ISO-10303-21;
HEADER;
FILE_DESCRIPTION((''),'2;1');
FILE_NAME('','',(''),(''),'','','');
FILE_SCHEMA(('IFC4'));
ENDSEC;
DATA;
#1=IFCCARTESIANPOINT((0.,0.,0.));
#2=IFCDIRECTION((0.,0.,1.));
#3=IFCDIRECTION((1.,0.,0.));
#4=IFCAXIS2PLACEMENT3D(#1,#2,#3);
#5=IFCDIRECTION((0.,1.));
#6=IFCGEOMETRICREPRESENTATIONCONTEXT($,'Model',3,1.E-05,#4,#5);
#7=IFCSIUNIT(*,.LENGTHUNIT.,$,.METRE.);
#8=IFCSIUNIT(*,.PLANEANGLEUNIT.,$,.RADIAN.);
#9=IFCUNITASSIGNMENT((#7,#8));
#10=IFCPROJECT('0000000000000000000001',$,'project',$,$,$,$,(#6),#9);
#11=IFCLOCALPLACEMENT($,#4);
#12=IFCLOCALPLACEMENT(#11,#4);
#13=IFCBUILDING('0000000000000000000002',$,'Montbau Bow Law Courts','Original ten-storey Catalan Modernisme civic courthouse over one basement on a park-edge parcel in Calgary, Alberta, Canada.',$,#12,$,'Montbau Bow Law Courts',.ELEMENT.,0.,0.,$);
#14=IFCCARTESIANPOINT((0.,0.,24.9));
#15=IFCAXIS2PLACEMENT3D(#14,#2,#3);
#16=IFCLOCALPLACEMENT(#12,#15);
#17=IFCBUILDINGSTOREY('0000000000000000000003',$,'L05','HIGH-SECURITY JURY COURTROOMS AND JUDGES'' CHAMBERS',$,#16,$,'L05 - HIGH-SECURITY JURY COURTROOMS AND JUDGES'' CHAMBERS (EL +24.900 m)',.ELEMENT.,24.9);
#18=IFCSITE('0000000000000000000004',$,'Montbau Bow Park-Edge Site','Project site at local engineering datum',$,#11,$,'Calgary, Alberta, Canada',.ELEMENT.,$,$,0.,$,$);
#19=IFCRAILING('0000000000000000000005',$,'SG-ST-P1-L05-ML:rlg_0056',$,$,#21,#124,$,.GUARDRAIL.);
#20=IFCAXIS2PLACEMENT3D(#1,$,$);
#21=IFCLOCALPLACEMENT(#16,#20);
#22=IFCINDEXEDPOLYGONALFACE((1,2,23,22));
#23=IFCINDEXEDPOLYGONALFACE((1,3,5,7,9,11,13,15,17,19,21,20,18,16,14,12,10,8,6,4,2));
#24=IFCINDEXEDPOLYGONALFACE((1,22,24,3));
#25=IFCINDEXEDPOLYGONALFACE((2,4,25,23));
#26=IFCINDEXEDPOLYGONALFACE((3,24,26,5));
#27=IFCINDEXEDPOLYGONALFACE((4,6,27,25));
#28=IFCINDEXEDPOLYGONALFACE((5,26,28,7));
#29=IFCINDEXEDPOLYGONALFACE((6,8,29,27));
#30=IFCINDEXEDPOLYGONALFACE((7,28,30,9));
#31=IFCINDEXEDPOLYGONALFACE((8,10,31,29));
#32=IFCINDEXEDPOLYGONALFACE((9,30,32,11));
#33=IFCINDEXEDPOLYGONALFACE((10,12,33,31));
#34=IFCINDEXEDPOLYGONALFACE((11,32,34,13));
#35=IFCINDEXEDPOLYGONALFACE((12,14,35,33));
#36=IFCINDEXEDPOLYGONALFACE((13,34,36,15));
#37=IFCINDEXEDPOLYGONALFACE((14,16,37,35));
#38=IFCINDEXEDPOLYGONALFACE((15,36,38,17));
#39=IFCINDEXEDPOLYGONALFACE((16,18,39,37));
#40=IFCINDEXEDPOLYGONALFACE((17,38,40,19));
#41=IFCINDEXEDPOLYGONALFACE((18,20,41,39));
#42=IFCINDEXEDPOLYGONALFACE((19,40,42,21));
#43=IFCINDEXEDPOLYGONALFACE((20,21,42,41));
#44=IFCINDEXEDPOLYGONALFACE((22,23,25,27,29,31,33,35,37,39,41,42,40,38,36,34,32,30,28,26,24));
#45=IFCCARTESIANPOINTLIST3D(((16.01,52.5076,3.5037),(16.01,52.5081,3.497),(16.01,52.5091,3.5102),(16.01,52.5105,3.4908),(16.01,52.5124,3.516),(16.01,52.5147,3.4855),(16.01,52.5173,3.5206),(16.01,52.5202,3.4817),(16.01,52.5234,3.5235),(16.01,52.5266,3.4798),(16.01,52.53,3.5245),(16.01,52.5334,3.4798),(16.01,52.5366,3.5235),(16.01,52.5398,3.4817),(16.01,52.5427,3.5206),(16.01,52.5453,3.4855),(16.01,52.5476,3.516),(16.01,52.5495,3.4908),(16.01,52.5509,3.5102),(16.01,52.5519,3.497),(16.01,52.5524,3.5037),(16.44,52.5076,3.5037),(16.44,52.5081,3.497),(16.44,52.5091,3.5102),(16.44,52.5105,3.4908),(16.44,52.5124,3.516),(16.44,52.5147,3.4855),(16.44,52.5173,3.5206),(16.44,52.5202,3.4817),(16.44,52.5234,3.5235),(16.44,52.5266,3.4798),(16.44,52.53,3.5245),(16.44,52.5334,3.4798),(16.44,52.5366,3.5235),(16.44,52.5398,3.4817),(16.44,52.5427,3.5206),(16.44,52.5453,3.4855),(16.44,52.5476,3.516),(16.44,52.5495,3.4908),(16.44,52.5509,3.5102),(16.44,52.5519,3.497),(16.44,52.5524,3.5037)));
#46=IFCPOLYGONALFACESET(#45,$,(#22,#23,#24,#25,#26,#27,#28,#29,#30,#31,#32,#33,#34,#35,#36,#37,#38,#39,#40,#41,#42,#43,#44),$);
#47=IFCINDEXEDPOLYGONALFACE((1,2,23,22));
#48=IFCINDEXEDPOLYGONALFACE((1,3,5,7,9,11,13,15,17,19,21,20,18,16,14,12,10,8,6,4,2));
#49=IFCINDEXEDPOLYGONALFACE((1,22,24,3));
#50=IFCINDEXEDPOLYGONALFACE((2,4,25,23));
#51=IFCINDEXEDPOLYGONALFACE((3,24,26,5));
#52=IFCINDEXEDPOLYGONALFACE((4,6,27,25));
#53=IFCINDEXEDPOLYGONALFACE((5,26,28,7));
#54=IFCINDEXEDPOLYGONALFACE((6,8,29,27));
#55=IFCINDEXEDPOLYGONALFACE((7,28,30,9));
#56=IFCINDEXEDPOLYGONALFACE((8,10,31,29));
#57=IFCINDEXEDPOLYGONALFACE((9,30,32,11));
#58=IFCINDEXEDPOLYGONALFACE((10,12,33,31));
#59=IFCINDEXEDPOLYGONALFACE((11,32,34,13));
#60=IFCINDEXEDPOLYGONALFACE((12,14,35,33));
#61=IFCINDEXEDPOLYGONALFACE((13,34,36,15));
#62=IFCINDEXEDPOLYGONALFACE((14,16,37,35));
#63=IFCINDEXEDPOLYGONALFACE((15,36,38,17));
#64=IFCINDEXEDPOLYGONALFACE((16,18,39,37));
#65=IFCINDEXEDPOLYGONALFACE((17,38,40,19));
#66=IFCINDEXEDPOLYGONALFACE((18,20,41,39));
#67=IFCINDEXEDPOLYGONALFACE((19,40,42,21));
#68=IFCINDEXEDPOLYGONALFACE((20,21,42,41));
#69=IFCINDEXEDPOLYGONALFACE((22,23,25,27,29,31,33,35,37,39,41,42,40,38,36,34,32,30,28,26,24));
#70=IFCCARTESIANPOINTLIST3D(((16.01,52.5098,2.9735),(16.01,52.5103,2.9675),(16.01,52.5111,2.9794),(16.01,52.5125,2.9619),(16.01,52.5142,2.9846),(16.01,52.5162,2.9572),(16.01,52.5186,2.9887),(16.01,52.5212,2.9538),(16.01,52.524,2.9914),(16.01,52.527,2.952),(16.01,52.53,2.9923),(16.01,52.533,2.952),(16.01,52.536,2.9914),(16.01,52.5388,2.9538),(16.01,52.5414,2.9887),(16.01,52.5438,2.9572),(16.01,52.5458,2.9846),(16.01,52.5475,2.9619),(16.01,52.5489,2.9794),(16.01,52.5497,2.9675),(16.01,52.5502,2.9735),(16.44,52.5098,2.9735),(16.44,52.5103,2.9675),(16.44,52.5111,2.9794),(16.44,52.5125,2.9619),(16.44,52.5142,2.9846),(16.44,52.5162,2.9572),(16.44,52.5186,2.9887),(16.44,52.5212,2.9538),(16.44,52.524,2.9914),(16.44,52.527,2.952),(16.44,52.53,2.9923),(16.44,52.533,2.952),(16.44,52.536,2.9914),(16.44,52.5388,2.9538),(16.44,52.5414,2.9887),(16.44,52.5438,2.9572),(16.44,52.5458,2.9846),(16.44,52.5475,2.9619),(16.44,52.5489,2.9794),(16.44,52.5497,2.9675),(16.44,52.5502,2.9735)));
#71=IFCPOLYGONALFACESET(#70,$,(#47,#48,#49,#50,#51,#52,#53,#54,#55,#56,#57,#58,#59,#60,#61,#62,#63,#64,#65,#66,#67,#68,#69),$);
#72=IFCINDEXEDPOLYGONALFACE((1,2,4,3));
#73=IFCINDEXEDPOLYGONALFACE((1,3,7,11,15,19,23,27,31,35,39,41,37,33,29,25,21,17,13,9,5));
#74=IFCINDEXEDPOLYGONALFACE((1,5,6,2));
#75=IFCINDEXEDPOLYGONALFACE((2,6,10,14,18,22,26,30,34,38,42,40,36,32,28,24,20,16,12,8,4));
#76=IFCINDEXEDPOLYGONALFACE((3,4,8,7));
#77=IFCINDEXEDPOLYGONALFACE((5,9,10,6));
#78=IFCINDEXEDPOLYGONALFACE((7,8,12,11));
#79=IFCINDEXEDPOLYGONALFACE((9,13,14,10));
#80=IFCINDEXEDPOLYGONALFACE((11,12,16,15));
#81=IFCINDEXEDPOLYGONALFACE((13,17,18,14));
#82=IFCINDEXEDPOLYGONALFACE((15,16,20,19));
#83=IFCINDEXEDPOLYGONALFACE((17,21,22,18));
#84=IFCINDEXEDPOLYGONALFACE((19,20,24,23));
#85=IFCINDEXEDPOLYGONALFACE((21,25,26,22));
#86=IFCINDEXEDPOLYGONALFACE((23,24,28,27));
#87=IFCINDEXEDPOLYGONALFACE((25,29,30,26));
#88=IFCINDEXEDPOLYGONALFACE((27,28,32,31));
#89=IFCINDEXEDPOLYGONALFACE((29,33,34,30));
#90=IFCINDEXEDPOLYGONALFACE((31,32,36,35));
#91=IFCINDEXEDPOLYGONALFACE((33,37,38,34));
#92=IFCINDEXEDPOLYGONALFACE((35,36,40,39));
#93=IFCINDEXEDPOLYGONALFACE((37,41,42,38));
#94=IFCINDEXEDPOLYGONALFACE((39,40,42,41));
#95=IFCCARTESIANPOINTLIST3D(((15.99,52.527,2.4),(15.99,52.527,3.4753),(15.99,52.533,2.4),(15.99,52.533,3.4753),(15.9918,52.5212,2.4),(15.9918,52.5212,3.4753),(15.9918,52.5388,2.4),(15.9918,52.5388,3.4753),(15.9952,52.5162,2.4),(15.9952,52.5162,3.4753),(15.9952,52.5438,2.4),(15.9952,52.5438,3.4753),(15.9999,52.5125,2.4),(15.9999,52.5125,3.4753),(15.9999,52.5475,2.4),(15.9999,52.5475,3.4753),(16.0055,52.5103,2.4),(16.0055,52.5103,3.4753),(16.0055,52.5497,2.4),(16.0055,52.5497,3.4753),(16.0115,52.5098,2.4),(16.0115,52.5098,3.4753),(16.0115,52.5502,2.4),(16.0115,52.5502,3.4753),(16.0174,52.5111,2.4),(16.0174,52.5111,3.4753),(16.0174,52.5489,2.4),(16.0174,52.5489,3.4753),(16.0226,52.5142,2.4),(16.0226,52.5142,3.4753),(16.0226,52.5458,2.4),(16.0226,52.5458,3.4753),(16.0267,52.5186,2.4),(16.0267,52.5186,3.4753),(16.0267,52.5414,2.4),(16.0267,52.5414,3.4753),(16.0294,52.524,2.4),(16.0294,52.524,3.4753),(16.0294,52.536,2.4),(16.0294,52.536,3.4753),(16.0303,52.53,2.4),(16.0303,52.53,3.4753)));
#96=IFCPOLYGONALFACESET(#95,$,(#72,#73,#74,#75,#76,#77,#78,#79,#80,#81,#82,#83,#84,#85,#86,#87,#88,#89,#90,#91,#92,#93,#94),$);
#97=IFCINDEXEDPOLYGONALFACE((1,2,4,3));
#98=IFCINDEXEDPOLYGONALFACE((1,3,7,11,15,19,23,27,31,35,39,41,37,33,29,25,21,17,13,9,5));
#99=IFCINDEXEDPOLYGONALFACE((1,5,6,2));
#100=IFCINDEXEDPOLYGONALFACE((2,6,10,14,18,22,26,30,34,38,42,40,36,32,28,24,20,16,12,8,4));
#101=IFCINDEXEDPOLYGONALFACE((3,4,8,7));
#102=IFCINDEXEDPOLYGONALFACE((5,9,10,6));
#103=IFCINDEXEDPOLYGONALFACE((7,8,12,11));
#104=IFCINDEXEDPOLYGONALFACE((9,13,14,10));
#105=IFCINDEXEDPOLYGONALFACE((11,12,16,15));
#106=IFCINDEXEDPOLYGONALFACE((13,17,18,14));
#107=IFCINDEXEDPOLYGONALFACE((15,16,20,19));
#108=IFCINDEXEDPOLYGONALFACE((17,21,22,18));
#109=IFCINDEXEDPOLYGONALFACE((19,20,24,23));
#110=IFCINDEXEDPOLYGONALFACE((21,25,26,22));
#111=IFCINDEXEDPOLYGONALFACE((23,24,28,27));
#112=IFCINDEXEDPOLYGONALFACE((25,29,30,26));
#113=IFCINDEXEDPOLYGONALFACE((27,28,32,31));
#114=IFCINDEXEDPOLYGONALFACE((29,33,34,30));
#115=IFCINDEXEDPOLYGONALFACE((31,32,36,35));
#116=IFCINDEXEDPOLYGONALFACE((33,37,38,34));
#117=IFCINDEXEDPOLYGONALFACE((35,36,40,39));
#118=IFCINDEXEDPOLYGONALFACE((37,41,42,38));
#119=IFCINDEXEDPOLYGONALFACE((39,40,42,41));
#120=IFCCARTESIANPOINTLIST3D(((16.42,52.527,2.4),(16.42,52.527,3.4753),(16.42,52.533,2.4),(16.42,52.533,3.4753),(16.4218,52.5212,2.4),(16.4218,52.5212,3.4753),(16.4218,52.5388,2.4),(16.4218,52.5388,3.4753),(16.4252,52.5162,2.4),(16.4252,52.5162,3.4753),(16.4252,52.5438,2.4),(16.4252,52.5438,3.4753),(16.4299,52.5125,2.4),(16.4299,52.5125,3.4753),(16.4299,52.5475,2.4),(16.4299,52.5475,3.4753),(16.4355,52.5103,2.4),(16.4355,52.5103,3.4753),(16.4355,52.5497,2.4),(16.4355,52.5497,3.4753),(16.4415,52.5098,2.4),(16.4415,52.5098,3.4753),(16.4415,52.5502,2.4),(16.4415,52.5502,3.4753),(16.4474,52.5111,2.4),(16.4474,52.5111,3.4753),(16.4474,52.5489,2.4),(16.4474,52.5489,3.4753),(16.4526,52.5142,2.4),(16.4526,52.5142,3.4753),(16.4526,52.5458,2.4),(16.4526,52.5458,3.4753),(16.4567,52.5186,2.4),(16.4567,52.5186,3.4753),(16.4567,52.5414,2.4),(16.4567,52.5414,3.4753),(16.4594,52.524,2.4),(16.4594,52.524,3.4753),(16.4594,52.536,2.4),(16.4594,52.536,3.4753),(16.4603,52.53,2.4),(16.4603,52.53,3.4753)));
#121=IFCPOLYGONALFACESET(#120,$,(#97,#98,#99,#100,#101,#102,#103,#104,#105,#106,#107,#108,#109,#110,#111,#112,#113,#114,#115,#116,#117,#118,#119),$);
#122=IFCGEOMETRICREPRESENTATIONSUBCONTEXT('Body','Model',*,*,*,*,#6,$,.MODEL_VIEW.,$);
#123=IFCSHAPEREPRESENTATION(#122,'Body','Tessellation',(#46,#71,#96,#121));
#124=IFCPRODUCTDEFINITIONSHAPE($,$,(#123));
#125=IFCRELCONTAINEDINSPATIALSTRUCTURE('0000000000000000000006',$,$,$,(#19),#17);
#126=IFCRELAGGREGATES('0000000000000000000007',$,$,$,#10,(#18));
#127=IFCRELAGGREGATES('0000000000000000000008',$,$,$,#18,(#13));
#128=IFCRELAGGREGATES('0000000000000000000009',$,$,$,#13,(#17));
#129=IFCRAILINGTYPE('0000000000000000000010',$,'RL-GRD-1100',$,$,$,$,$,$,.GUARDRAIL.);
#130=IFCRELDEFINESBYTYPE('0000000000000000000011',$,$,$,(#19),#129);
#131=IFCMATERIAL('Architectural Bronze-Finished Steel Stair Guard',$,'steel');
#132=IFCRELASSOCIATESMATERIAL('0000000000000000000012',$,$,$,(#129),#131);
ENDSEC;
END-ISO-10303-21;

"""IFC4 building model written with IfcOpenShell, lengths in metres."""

from ifc_helpers import new_model, si_unit, direction, frame, origin_with_axes, origin_2d_with_axis, place, context, subcontext, project, spatial, circle, extrude, material, type_object, element, save


model = new_model("IFC4")

# Units and contexts
model_context = context("Model", 3, precision=1e-05, world=origin_with_axes(), true_north=direction((0.0, 1.0)))
body_context = subcontext(model_context, "Body", "Model", "MODEL_VIEW")
ifc_project = project(units=[si_unit("LENGTHUNIT", "METRE"), si_unit("PLANEANGLEUNIT", "RADIAN")], contexts=[model_context])

# Site, building, storey
site_placement = place(None, origin_with_axes())
site = spatial("IfcSite", under=ifc_project, at=site_placement, Name="Montbau Bow Park-Edge Site", Description="Project site at local engineering datum", LongName="Calgary, Alberta, Canada", CompositionType="ELEMENT", RefElevation=0.0)
building_placement = place(site_placement, origin_with_axes())
building = spatial("IfcBuilding", under=site, at=building_placement, Name="Montbau Bow Law Courts", Description="Original ten-storey Catalan Modernisme civic courthouse over one basement on a park-edge parcel in Calgary, Alberta, Canada.", LongName="Montbau Bow Law Courts", CompositionType="ELEMENT", ElevationOfRefHeight=0.0, ElevationOfTerrain=0.0)
storey_placement = place(building_placement, frame((0.0, 0.0, 24.9), z_axis=(0.0, 0.0, 1.0), x_axis=(1.0, 0.0, 0.0)))
storey = spatial("IfcBuildingStorey", under=building, at=storey_placement, Name="L05", Description="HIGH-SECURITY JURY COURTROOMS AND JUDGES' CHAMBERS", LongName="L05 - HIGH-SECURITY JURY COURTROOMS AND JUDGES' CHAMBERS (EL +24.900 m)", CompositionType="ELEMENT", Elevation=24.9)

# Railing
ifc_material_1 = material(Name="Architectural Bronze-Finished Steel Stair Guard", Category="steel")
railing_type_1 = type_object("IfcRailingType", Name="RL-GRD-1100", PredefinedType="GUARDRAIL", material=ifc_material_1)
railing_1_placement = place(None, origin_with_axes())
element("IfcRailing", 1, at=railing_1_placement, inside=storey, type_object=railing_type_1, Name="SG-ST-P1-L05-ML:rlg_0056", PredefinedType="GUARDRAIL", context=body_context, shape_type="SweptSolid", body=[
    extrude(circle(Radius=0.0225, at=origin_2d_with_axis()), frame((16.01, 52.53, 28.402), z_axis=(1.0, 0.0, 0.0), x_axis=(0.0, 0.0, 1.0)), (0.0, 0.0, 1.0), 0.43),
    extrude(circle(Radius=0.0203, at=origin_2d_with_axis()), frame((16.01, 52.53, 27.872), z_axis=(1.0, 0.0, 0.0), x_axis=(0.0, 0.0, 1.0)), (0.0, 0.0, 1.0), 0.43),
    extrude(circle(Radius=0.0203, at=origin_2d_with_axis()), frame((16.01, 52.53, 27.3), z_axis=(0.0, 0.0, 1.0), x_axis=(1.0, 0.0, 0.0)), (0.0, 0.0, 1.0), 1.0753),
    extrude(circle(Radius=0.0203, at=origin_2d_with_axis()), frame((16.44, 52.53, 27.3), z_axis=(0.0, 0.0, 1.0), x_axis=(1.0, 0.0, 0.0)), (0.0, 0.0, 1.0), 1.0753),
])

save(model, "model.ifc")
